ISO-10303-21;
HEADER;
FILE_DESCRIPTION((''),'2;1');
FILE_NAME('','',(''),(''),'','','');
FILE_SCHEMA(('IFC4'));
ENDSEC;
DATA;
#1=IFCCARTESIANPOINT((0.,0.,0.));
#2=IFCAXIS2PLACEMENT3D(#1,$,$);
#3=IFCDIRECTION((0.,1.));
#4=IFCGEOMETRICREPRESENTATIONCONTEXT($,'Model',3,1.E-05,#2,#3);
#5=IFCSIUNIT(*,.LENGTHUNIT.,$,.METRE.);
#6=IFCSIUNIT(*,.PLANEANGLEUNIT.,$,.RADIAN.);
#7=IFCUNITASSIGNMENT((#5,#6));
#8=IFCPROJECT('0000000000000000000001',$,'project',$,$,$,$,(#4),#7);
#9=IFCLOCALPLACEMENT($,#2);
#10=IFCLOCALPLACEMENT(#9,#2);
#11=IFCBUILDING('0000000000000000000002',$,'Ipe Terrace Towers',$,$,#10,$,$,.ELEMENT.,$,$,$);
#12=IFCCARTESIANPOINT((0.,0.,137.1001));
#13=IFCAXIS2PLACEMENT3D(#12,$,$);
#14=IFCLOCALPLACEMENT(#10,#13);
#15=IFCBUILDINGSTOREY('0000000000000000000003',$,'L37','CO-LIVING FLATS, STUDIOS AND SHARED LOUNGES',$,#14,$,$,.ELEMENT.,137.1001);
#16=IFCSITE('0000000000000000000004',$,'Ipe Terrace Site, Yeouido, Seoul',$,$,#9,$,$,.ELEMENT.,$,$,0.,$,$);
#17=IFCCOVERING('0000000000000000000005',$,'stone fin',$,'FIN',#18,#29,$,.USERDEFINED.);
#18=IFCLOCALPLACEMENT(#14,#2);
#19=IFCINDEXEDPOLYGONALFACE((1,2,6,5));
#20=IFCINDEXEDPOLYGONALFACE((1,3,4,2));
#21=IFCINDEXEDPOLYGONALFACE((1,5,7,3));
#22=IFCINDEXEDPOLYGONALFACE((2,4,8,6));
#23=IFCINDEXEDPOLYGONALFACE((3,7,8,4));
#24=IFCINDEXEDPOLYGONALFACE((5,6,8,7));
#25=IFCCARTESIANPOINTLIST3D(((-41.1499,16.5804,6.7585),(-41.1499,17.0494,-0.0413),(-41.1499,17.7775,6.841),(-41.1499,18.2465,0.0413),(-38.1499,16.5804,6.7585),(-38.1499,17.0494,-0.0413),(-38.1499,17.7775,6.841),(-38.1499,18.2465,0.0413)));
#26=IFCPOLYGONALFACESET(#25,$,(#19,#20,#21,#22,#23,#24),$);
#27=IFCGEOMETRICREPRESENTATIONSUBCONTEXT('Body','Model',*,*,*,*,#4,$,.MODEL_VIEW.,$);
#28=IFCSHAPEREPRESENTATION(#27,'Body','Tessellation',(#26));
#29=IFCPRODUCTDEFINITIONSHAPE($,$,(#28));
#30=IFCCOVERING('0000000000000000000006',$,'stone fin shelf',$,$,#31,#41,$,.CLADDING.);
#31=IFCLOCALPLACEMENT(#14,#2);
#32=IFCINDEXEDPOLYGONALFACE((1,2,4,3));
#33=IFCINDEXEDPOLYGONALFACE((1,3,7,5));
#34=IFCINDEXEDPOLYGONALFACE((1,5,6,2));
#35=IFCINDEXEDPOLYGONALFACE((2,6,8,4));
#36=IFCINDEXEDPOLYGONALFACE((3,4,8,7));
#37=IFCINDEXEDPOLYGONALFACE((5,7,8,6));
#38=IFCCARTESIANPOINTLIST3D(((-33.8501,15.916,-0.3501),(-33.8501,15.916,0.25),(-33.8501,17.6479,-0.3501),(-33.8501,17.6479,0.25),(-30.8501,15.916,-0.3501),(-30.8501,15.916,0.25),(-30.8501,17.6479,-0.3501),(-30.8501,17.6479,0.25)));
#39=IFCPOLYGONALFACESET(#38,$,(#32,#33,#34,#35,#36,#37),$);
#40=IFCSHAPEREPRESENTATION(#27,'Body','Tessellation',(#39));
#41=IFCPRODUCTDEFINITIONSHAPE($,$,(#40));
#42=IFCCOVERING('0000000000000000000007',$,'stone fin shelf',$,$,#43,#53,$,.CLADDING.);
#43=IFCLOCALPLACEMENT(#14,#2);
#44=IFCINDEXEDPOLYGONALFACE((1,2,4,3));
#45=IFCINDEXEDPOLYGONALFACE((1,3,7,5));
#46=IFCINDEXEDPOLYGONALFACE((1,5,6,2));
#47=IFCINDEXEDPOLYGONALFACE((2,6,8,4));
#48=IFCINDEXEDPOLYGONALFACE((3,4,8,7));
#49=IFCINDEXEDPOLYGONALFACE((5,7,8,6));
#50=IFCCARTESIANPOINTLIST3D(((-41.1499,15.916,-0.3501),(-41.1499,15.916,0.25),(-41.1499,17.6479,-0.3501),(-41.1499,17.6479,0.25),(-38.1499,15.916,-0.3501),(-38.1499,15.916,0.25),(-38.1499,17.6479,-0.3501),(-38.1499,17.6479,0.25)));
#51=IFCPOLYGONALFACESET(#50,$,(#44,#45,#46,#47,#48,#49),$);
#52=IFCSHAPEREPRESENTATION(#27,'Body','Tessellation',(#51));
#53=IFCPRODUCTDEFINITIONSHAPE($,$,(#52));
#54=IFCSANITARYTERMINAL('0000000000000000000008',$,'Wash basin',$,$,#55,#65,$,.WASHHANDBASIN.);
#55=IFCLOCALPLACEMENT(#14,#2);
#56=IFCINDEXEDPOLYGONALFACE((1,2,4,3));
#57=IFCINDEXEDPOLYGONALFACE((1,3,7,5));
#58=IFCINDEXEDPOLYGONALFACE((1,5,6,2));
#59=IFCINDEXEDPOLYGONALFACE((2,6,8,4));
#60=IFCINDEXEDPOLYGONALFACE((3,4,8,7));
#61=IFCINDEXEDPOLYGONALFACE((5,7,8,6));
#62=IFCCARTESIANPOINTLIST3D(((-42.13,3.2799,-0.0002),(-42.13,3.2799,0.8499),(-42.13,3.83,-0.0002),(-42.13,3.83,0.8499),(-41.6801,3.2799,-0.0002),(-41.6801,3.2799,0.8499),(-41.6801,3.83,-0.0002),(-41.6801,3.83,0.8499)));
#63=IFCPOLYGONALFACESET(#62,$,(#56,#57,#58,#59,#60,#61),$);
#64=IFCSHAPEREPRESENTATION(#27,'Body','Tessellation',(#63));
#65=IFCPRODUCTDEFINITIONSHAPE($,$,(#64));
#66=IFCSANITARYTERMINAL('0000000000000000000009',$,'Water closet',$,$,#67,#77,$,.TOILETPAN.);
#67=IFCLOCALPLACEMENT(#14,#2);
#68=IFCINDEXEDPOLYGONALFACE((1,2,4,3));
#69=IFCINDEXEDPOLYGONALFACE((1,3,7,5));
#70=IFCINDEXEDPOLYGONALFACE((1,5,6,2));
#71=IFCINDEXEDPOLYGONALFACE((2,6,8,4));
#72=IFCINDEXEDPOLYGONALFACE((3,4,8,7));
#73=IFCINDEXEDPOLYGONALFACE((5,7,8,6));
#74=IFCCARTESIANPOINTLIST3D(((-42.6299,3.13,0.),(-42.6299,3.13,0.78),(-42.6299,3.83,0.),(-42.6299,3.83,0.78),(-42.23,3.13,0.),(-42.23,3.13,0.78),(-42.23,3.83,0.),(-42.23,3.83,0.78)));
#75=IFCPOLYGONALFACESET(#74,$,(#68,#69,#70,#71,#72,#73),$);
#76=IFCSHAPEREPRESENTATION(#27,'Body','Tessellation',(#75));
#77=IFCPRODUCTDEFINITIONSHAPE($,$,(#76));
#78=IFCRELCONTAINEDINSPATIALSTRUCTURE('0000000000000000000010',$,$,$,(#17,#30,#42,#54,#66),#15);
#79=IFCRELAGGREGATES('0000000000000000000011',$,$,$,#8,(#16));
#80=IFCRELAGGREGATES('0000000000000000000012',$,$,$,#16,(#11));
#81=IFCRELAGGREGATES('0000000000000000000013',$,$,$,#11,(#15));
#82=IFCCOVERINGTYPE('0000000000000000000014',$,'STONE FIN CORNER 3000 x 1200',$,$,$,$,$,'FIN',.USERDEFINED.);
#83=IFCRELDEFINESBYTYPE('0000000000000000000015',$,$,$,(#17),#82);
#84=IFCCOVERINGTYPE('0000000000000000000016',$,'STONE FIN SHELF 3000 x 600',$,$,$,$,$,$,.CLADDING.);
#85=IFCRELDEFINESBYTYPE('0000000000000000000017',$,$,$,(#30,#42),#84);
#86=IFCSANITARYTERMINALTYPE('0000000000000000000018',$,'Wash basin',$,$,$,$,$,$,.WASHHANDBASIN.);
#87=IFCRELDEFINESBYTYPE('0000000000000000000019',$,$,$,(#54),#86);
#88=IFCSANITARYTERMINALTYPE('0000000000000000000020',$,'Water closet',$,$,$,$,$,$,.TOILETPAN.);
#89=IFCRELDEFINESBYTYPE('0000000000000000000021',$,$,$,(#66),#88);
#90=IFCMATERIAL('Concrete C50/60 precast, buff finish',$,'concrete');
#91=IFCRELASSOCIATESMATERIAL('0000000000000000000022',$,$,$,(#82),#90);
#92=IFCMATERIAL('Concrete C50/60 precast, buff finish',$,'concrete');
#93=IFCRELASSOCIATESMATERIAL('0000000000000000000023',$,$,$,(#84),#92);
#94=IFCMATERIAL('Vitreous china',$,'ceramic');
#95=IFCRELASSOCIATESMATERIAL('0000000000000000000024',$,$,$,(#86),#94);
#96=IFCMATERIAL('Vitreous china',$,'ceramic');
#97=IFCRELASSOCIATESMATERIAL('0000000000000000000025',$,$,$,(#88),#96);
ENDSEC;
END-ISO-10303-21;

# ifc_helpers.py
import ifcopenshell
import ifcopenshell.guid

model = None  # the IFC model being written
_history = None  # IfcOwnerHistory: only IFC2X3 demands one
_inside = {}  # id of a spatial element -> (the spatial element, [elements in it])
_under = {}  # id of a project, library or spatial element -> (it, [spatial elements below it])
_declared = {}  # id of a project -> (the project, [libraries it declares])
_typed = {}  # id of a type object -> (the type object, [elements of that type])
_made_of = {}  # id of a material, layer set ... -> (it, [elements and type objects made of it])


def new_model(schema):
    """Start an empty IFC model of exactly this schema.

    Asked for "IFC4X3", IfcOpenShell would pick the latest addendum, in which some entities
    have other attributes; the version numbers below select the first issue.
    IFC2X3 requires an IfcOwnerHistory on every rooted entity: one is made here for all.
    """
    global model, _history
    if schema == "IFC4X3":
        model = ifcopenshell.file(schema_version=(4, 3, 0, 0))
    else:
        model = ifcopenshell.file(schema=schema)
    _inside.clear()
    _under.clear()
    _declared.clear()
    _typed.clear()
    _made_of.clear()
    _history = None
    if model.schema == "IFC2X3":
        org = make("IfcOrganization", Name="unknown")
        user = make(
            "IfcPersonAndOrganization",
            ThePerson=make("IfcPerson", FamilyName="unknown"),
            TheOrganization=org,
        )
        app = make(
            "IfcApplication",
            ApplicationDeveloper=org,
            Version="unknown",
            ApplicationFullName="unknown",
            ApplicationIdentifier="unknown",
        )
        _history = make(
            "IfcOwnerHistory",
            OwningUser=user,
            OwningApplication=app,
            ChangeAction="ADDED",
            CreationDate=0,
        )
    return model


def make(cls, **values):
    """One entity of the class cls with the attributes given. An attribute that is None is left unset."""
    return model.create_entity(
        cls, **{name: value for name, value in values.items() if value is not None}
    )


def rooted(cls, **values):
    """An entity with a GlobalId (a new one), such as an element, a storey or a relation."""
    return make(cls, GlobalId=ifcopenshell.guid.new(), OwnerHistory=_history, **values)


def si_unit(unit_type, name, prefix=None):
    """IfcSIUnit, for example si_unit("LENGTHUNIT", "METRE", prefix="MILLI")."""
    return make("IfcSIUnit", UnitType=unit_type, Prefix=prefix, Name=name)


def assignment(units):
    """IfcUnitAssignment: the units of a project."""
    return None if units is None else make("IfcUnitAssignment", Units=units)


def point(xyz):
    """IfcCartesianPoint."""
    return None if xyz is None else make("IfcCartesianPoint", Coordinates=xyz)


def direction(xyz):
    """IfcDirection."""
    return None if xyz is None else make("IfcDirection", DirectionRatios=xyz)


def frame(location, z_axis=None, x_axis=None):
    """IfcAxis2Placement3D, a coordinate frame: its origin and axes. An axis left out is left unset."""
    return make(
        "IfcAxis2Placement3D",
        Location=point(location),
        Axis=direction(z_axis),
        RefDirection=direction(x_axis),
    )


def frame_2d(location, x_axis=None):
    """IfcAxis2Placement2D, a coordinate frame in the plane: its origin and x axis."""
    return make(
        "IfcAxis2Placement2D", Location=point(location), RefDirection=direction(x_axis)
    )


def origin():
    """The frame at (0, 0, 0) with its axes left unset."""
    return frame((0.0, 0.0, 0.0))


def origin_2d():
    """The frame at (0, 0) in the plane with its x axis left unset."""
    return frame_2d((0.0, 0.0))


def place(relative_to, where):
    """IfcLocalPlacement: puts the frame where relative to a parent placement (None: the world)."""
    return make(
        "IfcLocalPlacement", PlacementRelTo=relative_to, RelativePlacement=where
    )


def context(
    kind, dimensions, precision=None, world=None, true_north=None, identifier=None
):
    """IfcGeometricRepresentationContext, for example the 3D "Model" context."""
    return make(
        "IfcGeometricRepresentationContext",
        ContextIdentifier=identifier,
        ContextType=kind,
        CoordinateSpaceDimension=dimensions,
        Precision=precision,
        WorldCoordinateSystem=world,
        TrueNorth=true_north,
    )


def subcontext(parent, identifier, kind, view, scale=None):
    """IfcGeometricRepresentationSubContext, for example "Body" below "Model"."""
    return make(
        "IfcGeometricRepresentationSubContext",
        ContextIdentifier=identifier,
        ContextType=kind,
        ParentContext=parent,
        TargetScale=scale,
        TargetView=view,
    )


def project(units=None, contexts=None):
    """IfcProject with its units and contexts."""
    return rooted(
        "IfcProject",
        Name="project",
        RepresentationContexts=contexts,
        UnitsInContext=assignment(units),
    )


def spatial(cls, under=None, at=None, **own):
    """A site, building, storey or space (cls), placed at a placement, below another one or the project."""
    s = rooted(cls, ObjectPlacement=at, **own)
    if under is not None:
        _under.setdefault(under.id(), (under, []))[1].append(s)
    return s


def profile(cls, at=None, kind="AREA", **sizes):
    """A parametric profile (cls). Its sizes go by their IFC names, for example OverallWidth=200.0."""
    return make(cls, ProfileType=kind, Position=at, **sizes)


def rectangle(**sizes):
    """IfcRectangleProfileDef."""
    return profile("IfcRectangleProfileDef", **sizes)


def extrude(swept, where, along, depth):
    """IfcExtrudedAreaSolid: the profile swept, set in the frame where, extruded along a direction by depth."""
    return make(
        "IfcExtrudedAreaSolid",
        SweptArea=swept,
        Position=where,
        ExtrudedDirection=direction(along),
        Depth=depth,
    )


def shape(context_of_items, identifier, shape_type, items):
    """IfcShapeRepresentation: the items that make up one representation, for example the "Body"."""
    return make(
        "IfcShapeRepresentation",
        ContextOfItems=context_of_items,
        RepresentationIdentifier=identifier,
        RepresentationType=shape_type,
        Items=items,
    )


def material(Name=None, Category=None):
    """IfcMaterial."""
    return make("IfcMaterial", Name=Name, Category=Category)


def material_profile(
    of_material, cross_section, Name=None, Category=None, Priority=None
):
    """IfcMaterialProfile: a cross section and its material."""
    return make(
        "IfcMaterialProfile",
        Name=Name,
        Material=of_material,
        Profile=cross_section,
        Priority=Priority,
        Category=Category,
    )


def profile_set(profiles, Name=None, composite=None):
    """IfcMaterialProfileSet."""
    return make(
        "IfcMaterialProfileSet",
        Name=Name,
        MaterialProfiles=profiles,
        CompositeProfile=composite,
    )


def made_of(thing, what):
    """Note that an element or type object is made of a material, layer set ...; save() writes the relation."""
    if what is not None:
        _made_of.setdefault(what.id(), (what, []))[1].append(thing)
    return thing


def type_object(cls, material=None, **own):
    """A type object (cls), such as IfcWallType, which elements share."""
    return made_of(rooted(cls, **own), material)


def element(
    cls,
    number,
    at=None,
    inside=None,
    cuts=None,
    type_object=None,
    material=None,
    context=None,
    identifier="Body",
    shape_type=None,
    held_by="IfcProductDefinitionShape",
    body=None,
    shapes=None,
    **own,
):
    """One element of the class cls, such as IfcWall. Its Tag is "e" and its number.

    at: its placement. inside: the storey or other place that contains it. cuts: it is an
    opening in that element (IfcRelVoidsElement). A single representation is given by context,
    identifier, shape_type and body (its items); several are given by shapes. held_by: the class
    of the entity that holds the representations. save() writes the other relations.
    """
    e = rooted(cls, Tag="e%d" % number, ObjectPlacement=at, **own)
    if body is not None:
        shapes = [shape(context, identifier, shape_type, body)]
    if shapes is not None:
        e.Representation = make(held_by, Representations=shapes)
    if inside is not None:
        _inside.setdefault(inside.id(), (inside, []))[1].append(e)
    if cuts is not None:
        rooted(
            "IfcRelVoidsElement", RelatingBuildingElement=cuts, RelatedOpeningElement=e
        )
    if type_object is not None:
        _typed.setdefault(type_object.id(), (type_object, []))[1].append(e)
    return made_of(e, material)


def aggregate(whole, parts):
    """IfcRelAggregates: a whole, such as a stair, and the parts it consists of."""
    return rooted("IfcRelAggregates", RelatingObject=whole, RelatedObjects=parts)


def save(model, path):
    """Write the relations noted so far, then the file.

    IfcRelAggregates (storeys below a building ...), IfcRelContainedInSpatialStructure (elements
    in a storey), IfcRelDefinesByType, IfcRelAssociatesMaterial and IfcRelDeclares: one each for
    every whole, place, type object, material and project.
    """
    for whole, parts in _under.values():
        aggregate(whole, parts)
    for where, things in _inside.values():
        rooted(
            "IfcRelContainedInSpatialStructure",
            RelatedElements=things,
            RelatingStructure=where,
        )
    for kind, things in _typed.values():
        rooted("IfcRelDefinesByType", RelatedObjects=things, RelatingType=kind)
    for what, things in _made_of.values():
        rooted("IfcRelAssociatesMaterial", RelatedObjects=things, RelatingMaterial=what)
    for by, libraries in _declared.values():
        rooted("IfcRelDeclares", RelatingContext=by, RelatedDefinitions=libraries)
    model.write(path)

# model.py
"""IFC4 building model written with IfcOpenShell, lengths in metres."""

from ifc_helpers import new_model, si_unit, direction, frame, origin, origin_2d, place, context, subcontext, project, spatial, rectangle, extrude, material, material_profile, profile_set, type_object, element, save


model = new_model("IFC4")

# Units and contexts
model_context = context("Model", 3, precision=1e-05, world=origin(), true_north=direction((0.0, 1.0)))
body_context = subcontext(model_context, "Body", "Model", "MODEL_VIEW")
ifc_project = project(units=[si_unit("LENGTHUNIT", "METRE"), si_unit("PLANEANGLEUNIT", "RADIAN")], contexts=[model_context])

# Site, building, storey
site_placement = place(None, origin())
site = spatial("IfcSite", under=ifc_project, at=site_placement, Name="Ipe Terrace Site, Yeouido, Seoul", CompositionType="ELEMENT", RefElevation=0.0)
building_placement = place(site_placement, origin())
building = spatial("IfcBuilding", under=site, at=building_placement, Name="Ipe Terrace Towers", CompositionType="ELEMENT")
storey_placement = place(building_placement, frame((0.0, 0.0, 137.1001)))
storey = spatial("IfcBuildingStorey", under=building, at=storey_placement, Name="L37", Description="CO-LIVING FLATS, STUDIOS AND SHARED LOUNGES", CompositionType="ELEMENT", Elevation=137.1001)

# Coverings
ifc_material_1 = material(Name="Concrete C50/60 precast, buff finish", Category="concrete")
ifc_material_profile_1 = material_profile(ifc_material_1, rectangle(XDim=3.0, YDim=1.2, at=origin_2d()), Name="STONE FIN CORNER 3000 x 1200")
ifc_profile_set_1 = profile_set([ifc_material_profile_1], Name="Concrete C50/60 precast, buff finish")
covering_type_1 = type_object("IfcCoveringType", Name="STONE FIN CORNER 3000 x 1200", ElementType="FIN", PredefinedType="USERDEFINED", material=ifc_profile_set_1)
for number, where, z_axis, x_axis, name in (
    (1, (-39.6499, 17.6479, 0.0), (0.0, -0.068808, 0.99763), (-1.0, 0.0, 0.0), "stone fin"),
):
    element("IfcCovering", number, at=place(storey_placement, frame(where, z_axis=z_axis, x_axis=x_axis)), inside=storey, type_object=covering_type_1, Name=name, ObjectType="FIN", PredefinedType="USERDEFINED", context=body_context, shape_type="SweptSolid", body=[
        extrude(rectangle(XDim=3.0, YDim=1.2, at=origin_2d()), origin(), (0.0, 0.0, 1.0), 6.8159),
    ])
ifc_material_2 = material(Name="Concrete C50/60 precast, buff finish", Category="concrete")
covering_type_2 = type_object("IfcCoveringType", Name="STONE FIN SHELF 3000 x 600", PredefinedType="CLADDING", material=ifc_material_2)
for number, where, z_axis, x_axis, name in (
    (2, (-32.3501, 16.782, -0.3501), (0.0, 0.0, 1.0), (-1.0, 0.0, 0.0), "stone fin shelf"),
    (3, (-39.6499, 16.782, -0.3501), (0.0, 0.0, 1.0), (-1.0, 0.0, 0.0), "stone fin shelf"),
):
    element("IfcCovering", number, at=place(storey_placement, frame(where, z_axis=z_axis, x_axis=x_axis)), inside=storey, type_object=covering_type_2, Name=name, PredefinedType="CLADDING", context=body_context, shape_type="SweptSolid", body=[
        extrude(rectangle(XDim=3.0, YDim=1.7319, at=origin_2d()), origin(), (0.0, 0.0, 1.0), 0.6001),
    ])

# Sanitary terminals
ifc_material_3 = material(Name="Vitreous china", Category="ceramic")
sanitary_terminal_type_1 = type_object("IfcSanitaryTerminalType", Name="Wash basin", PredefinedType="WASHHANDBASIN", material=ifc_material_3)
sanitary_terminal_1_placement = place(storey_placement, frame((-41.905, 3.5549, -0.0002), z_axis=(0.0, 0.0, 1.0), x_axis=(0.0, -1.0, 0.0)))
element("IfcSanitaryTerminal", 4, at=sanitary_terminal_1_placement, inside=storey, type_object=sanitary_terminal_type_1, Name="Wash basin", PredefinedType="WASHHANDBASIN", context=body_context, shape_type="SweptSolid", body=[
    extrude(rectangle(XDim=0.55, YDim=0.45, at=origin_2d()), origin(), (0.0, 0.0, 1.0), 0.8501),
])
ifc_material_4 = material(Name="Vitreous china", Category="ceramic")
sanitary_terminal_type_2 = type_object("IfcSanitaryTerminalType", Name="Water closet", PredefinedType="TOILETPAN", material=ifc_material_4)
sanitary_terminal_2_placement = place(storey_placement, frame((-42.4299, 3.48, 0.0), z_axis=(0.0, 0.0, 1.0), x_axis=(0.0, -1.0, 0.0)))
element("IfcSanitaryTerminal", 5, at=sanitary_terminal_2_placement, inside=storey, type_object=sanitary_terminal_type_2, Name="Water closet", PredefinedType="TOILETPAN", context=body_context, shape_type="SweptSolid", body=[
    extrude(rectangle(XDim=0.7, YDim=0.3999, at=origin_2d()), origin(), (0.0, 0.0, 1.0), 0.78),
])

save(model, "model.ifc")
